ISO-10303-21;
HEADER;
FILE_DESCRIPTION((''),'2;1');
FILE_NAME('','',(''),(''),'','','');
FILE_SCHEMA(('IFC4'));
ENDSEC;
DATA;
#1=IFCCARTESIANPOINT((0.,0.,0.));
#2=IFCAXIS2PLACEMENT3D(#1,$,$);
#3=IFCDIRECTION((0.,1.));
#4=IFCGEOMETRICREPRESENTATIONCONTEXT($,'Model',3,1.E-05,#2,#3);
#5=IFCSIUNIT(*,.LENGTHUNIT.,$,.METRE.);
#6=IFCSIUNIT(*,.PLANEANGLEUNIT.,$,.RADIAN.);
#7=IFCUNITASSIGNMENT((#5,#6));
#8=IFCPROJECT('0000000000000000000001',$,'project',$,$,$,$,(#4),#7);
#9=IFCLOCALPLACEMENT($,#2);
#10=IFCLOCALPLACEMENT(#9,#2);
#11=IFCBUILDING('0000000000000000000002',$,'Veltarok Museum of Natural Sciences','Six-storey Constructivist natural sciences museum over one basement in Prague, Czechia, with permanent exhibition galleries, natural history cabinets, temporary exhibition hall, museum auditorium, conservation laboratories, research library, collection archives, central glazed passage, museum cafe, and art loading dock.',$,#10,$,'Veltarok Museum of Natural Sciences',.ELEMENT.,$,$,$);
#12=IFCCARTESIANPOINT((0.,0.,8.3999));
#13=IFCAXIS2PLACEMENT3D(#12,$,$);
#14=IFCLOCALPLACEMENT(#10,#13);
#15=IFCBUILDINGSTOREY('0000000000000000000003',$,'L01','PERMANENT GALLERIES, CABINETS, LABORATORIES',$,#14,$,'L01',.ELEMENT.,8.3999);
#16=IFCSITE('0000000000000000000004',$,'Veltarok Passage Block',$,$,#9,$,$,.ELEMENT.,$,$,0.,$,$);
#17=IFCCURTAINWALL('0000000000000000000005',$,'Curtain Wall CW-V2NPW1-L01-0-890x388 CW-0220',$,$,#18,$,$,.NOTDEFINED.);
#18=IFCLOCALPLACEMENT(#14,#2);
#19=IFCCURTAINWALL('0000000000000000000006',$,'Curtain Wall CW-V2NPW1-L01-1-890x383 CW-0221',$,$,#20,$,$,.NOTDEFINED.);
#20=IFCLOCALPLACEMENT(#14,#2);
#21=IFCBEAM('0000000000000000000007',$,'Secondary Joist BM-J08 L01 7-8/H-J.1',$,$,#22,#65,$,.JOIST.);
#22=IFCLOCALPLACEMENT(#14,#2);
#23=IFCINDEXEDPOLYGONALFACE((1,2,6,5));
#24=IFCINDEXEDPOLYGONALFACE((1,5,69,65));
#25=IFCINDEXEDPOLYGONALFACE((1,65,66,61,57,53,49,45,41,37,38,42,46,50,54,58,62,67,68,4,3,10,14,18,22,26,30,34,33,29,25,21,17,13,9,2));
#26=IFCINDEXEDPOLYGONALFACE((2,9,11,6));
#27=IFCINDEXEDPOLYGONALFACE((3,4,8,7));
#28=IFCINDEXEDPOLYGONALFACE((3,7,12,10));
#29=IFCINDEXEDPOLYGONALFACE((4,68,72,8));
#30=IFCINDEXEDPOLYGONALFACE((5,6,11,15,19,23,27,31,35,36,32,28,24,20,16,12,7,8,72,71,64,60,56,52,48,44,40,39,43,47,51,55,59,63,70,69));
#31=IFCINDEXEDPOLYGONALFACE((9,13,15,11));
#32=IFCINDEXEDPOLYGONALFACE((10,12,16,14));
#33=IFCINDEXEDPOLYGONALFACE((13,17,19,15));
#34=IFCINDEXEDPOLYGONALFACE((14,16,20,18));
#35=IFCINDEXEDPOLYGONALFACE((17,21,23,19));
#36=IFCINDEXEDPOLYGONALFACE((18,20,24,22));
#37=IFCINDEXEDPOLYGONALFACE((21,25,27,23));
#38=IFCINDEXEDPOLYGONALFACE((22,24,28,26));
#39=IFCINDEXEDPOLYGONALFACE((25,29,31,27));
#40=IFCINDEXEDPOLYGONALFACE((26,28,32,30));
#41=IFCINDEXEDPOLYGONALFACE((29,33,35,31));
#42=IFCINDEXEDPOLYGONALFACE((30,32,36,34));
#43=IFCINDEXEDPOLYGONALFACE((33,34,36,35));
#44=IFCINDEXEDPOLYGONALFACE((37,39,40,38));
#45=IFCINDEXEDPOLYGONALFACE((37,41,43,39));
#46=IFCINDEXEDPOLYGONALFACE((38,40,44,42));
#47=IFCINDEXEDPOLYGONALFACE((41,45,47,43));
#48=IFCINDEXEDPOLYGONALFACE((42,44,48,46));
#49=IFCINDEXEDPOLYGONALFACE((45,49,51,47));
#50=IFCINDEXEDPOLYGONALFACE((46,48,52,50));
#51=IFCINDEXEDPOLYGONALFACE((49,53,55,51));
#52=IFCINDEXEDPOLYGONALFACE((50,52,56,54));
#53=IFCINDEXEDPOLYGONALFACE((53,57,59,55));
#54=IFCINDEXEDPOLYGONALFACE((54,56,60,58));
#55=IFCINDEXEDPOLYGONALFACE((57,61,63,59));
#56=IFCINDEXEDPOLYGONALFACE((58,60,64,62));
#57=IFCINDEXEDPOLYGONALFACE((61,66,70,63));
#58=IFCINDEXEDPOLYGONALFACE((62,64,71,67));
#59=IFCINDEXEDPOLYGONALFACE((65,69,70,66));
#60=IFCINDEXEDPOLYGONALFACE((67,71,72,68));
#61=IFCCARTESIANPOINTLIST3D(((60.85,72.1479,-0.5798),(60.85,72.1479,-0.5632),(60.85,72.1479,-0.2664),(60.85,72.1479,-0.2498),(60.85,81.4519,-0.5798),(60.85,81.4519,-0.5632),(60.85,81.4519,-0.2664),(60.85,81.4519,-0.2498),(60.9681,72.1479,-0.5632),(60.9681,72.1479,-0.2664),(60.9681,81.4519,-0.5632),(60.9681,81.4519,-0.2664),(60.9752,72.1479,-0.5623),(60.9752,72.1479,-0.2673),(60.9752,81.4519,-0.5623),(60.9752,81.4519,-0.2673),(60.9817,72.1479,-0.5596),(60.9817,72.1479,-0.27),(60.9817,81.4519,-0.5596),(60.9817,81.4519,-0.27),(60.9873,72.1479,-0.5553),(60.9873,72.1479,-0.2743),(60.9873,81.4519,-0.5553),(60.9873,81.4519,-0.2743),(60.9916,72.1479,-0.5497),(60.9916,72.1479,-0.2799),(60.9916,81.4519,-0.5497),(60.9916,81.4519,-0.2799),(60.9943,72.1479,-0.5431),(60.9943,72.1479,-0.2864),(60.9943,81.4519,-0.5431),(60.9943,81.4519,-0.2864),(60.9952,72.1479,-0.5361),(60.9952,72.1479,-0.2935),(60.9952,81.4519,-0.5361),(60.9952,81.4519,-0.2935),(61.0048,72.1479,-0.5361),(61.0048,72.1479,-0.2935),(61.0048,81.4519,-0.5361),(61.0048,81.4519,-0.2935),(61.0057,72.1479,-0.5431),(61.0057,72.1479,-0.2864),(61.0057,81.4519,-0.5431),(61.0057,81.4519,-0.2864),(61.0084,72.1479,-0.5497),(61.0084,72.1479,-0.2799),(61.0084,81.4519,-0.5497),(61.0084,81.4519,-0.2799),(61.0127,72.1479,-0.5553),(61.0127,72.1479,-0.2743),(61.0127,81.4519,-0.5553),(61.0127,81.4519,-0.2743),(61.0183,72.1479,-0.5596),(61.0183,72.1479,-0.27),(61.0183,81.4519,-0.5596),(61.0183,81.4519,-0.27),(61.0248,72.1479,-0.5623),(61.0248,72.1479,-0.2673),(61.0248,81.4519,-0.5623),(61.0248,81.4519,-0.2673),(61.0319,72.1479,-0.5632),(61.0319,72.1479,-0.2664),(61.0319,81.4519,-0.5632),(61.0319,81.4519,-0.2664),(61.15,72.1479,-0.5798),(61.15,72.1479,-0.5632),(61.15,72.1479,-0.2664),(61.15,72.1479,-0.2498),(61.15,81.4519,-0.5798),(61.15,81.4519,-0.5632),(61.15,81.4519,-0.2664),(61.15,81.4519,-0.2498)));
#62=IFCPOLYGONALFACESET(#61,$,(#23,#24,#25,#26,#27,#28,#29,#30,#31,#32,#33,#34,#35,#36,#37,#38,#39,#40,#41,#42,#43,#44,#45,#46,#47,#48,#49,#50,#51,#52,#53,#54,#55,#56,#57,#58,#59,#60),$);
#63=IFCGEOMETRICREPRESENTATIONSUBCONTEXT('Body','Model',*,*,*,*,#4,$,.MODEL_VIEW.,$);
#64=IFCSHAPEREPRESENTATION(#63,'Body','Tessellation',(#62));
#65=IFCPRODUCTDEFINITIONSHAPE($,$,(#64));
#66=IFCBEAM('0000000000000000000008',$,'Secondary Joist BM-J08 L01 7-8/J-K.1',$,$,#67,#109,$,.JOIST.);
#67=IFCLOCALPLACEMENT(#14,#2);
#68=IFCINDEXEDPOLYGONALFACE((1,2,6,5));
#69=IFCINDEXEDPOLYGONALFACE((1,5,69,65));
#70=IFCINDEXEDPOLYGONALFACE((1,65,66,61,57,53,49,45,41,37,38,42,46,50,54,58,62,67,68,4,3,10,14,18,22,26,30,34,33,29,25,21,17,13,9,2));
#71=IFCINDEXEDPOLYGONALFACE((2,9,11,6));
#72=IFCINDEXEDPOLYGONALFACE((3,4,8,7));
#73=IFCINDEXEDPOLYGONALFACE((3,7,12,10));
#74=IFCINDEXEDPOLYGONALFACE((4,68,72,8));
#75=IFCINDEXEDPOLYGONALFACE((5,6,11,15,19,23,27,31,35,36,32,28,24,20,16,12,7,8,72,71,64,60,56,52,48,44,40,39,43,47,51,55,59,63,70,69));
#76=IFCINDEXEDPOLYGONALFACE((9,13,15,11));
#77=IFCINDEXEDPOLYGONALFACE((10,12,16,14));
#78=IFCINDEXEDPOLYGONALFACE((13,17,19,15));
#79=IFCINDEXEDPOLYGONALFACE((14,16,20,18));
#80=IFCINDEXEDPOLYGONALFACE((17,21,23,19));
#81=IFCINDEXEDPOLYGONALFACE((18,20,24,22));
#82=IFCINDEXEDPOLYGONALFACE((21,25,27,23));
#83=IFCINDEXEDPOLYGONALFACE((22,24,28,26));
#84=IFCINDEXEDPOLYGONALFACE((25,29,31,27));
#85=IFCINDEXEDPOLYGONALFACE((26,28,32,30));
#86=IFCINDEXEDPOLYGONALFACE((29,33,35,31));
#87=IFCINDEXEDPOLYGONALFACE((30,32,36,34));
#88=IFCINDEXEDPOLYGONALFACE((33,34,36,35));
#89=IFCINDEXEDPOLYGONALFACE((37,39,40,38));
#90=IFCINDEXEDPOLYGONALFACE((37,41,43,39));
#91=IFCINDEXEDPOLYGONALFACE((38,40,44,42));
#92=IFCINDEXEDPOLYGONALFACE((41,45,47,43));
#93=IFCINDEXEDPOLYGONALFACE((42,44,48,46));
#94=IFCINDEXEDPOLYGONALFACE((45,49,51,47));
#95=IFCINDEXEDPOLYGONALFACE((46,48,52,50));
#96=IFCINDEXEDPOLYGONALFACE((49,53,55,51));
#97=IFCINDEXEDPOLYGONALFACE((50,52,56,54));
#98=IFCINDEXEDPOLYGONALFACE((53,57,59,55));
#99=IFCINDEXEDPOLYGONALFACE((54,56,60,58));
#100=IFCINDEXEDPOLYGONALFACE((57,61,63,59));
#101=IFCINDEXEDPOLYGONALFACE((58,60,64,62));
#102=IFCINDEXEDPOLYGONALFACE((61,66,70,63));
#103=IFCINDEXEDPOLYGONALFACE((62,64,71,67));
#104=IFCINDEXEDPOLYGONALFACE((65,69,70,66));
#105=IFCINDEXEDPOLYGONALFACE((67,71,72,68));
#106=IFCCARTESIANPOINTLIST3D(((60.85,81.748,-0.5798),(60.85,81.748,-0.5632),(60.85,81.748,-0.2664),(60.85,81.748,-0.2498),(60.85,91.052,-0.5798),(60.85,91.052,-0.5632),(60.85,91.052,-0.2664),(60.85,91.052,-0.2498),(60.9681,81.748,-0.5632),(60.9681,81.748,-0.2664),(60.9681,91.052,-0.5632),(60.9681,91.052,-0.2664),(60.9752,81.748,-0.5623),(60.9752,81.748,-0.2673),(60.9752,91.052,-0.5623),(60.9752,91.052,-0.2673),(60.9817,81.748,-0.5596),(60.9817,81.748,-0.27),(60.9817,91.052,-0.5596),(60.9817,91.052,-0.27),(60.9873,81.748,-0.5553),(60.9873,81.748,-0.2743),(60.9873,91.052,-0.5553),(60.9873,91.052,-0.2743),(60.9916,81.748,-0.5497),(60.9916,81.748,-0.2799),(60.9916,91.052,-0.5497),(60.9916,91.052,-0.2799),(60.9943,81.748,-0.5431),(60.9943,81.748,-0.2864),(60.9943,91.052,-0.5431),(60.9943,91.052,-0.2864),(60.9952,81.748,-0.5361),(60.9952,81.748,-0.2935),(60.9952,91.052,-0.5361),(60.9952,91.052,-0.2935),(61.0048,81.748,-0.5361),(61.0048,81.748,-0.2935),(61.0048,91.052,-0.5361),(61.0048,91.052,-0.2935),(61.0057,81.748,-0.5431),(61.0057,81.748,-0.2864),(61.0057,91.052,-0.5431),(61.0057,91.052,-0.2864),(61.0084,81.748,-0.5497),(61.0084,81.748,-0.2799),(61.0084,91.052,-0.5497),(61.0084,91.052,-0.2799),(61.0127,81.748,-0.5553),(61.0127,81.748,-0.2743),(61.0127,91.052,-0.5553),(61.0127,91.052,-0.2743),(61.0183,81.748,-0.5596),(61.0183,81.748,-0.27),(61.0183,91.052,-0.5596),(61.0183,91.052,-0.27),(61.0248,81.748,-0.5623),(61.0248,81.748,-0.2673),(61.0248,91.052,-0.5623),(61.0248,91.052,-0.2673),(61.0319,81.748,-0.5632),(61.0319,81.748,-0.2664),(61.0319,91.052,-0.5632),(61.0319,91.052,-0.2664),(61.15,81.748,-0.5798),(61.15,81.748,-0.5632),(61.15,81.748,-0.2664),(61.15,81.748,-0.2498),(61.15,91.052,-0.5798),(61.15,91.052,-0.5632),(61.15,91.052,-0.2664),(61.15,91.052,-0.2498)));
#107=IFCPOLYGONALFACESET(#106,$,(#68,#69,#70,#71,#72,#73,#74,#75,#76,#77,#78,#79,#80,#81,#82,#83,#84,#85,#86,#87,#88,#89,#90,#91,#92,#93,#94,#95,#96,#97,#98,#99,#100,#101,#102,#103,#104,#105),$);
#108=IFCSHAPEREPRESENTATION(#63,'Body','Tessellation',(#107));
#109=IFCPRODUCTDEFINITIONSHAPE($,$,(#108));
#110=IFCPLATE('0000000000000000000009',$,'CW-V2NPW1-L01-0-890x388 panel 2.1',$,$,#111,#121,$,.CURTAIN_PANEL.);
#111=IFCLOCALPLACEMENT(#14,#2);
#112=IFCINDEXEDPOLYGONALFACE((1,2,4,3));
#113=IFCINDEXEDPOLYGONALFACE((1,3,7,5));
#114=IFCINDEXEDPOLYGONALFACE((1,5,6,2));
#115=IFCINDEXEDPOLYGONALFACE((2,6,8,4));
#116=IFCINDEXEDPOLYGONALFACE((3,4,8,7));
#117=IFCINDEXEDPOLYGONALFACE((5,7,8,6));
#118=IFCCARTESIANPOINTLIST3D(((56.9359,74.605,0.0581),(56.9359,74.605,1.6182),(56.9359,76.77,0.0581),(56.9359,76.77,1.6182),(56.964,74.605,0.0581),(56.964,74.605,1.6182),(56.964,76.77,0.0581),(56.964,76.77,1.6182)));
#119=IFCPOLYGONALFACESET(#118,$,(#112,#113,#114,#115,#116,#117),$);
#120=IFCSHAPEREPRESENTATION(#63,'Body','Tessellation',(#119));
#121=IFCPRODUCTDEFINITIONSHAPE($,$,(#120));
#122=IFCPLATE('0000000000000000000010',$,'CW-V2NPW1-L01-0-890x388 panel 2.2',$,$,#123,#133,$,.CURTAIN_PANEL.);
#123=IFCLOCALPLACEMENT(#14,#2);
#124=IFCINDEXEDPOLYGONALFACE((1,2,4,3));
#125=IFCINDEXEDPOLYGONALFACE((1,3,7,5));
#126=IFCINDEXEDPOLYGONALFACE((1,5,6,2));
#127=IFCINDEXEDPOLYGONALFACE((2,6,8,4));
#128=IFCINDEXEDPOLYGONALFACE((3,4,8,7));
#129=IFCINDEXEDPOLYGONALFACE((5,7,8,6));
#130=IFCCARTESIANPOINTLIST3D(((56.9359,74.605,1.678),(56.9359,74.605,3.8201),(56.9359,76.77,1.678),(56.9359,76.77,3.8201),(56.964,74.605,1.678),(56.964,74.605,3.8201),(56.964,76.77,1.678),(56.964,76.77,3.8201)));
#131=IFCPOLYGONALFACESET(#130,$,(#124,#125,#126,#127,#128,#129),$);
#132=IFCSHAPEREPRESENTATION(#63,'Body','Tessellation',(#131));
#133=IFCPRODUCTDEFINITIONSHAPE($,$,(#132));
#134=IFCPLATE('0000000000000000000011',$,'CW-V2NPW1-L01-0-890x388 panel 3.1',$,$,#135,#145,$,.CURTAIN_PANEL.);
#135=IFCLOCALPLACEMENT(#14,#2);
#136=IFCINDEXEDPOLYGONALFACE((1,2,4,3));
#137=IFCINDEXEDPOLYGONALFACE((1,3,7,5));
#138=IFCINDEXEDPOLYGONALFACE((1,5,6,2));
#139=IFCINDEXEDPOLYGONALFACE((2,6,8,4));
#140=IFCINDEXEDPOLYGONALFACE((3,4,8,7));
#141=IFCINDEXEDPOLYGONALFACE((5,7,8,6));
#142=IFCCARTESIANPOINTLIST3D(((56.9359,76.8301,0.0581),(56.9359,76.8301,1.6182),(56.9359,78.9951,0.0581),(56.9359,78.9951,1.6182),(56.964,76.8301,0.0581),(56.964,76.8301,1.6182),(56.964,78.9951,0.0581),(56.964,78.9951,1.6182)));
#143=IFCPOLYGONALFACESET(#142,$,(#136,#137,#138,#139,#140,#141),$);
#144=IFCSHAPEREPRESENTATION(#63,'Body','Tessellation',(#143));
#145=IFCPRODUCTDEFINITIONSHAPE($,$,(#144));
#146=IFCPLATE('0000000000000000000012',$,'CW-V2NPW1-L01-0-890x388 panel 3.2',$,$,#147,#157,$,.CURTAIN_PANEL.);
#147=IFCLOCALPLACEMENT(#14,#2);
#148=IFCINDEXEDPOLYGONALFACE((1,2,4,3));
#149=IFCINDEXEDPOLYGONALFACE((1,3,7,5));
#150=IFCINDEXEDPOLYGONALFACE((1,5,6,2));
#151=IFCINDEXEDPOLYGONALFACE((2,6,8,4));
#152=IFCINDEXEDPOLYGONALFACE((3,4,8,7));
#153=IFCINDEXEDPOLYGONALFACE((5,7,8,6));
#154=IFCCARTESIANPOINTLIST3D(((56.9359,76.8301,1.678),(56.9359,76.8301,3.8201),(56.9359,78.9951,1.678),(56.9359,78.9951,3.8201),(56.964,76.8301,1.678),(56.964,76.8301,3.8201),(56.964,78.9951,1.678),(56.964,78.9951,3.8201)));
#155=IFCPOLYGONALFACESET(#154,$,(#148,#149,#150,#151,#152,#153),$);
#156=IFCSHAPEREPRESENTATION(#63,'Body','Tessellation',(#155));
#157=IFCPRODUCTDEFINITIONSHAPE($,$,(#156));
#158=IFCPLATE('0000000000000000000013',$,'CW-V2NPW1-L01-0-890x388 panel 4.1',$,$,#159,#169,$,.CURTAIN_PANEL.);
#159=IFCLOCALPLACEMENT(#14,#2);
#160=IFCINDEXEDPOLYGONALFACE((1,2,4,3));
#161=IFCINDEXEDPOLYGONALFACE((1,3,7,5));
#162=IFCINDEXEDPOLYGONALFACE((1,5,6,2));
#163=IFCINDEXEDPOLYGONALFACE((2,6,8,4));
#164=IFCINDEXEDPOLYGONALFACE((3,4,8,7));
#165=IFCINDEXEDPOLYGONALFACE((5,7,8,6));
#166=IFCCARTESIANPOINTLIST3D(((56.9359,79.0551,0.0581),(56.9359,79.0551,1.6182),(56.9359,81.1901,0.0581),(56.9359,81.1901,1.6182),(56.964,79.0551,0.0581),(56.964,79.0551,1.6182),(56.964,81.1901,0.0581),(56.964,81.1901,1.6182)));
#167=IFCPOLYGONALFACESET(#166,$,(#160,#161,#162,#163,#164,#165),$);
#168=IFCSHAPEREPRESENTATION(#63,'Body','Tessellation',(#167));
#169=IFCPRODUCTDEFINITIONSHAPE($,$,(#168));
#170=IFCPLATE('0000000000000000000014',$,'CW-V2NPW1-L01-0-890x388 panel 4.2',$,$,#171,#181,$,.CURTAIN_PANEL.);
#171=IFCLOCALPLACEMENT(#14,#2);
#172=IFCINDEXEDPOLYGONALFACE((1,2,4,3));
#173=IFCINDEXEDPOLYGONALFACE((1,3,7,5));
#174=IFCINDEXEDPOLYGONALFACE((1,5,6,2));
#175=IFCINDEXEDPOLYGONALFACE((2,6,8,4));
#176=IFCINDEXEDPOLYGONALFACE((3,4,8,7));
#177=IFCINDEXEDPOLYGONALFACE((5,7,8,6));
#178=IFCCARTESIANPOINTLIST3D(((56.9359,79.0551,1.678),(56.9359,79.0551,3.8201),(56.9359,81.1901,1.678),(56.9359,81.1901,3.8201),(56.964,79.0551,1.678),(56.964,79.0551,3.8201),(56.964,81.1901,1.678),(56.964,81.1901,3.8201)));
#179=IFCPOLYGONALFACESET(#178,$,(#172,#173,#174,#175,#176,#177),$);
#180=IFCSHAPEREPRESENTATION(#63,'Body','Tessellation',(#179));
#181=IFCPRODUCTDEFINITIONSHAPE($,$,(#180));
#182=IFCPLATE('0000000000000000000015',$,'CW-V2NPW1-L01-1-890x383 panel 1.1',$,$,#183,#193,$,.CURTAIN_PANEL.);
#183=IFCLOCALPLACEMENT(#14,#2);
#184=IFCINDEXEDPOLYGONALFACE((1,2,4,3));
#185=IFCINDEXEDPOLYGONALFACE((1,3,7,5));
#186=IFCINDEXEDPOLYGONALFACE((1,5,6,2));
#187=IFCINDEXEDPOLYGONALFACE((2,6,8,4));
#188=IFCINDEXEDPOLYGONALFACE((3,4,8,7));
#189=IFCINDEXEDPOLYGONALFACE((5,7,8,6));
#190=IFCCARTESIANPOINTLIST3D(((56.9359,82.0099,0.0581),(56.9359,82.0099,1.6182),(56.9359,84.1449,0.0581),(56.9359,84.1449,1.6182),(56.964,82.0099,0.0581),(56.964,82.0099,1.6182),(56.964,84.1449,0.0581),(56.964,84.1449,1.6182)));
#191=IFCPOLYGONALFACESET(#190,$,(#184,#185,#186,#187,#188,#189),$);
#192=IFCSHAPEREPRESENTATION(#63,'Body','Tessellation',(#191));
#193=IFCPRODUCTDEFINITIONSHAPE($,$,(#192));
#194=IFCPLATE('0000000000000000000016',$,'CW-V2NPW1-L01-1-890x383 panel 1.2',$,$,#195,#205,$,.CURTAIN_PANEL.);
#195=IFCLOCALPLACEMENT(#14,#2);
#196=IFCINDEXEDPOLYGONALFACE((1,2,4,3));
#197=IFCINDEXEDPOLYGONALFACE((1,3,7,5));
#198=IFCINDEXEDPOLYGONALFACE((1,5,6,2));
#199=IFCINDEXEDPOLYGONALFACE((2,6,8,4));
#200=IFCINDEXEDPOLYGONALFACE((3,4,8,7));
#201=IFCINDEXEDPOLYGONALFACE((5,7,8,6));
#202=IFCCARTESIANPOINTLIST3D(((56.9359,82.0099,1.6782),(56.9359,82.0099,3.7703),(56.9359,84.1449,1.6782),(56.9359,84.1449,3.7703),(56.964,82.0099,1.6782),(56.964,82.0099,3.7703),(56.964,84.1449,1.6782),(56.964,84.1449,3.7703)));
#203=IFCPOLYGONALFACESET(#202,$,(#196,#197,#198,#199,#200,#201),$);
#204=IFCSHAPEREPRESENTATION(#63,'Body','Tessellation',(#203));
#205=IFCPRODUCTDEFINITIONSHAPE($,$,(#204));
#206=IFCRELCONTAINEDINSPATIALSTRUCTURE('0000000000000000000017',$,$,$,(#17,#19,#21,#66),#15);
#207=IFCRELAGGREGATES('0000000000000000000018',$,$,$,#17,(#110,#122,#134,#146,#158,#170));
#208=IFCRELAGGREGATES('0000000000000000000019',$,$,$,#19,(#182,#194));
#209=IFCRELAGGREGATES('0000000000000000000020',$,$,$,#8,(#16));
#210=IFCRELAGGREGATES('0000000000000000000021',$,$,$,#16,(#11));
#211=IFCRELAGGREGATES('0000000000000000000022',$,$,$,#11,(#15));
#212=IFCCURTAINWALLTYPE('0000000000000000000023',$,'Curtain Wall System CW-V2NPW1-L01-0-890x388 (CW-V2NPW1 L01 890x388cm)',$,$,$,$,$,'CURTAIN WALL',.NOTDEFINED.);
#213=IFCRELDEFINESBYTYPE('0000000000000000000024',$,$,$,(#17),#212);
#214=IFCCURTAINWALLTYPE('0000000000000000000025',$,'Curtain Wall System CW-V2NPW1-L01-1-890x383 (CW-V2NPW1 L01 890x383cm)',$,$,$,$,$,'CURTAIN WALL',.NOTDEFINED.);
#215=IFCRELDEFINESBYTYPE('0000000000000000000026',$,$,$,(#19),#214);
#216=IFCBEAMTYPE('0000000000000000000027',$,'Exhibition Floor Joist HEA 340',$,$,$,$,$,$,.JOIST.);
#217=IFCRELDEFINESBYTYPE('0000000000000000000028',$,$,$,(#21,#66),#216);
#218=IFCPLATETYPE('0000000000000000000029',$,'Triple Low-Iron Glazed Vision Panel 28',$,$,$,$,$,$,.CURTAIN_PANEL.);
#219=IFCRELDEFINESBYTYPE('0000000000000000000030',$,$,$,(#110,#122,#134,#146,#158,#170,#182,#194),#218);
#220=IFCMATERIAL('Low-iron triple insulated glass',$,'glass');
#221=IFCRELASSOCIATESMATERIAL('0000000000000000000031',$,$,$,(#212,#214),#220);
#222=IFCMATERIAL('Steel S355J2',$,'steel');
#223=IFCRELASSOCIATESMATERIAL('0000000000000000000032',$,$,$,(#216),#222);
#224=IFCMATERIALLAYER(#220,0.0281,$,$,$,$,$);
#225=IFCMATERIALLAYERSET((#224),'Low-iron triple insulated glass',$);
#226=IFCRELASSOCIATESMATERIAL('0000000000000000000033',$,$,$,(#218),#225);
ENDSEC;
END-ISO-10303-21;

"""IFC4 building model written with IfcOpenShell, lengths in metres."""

from ifc_helpers import new_model, si_unit, direction, frame, origin, origin_2d, place, context, subcontext, project, spatial, rectangle, i_section, extrude, material, layer, layer_set, material_profile, profile_set, type_object, element, aggregate, save


model = new_model("IFC4")

# Units and contexts
model_context = context("Model", 3, precision=1e-05, world=origin(), true_north=direction((0.0, 1.0)))
body_context = subcontext(model_context, "Body", "Model", "MODEL_VIEW")
ifc_project = project(units=[si_unit("LENGTHUNIT", "METRE"), si_unit("PLANEANGLEUNIT", "RADIAN")], contexts=[model_context])

# Site, building, storey
site_placement = place(None, origin())
site = spatial("IfcSite", under=ifc_project, at=site_placement, Name="Veltarok Passage Block", CompositionType="ELEMENT", RefElevation=0.0)
building_placement = place(site_placement, origin())
building = spatial("IfcBuilding", under=site, at=building_placement, Name="Veltarok Museum of Natural Sciences", Description="Six-storey Constructivist natural sciences museum over one basement in Prague, Czechia, with permanent exhibition galleries, natural history cabinets, temporary exhibition hall, museum auditorium, conservation laboratories, research library, collection archives, central glazed passage, museum cafe, and art loading dock.", LongName="Veltarok Museum of Natural Sciences", CompositionType="ELEMENT")
storey_placement = place(building_placement, frame((0.0, 0.0, 8.3999)))
storey = spatial("IfcBuildingStorey", under=building, at=storey_placement, Name="L01", Description="PERMANENT GALLERIES, CABINETS, LABORATORIES", LongName="L01", CompositionType="ELEMENT", Elevation=8.3999)

# Curtain walls
ifc_material_1 = material(Name="Low-iron triple insulated glass", Category="glass")
curtain_wall_type_1 = type_object("IfcCurtainWallType", Name="Curtain Wall System CW-V2NPW1-L01-0-890x388 (CW-V2NPW1 L01 890x388cm)", ElementType="CURTAIN WALL", PredefinedType="NOTDEFINED", material=ifc_material_1)
curtain_wall_1_placement = place(storey_placement, origin())
curtain_wall_1 = element("IfcCurtainWall", 1, at=curtain_wall_1_placement, inside=storey, type_object=curtain_wall_type_1, Name="Curtain Wall CW-V2NPW1-L01-0-890x388 CW-0220", PredefinedType="NOTDEFINED")
curtain_wall_type_2 = type_object("IfcCurtainWallType", Name="Curtain Wall System CW-V2NPW1-L01-1-890x383 (CW-V2NPW1 L01 890x383cm)", ElementType="CURTAIN WALL", PredefinedType="NOTDEFINED", material=ifc_material_1)
curtain_wall_2_placement = place(storey_placement, origin())
curtain_wall_2 = element("IfcCurtainWall", 2, at=curtain_wall_2_placement, inside=storey, type_object=curtain_wall_type_2, Name="Curtain Wall CW-V2NPW1-L01-1-890x383 CW-0221", PredefinedType="NOTDEFINED")

# Beams
ifc_material_2 = material(Name="Steel S355J2", Category="steel")
ifc_material_profile_1 = material_profile(ifc_material_2, i_section(OverallWidth=0.3, OverallDepth=0.3301, WebThickness=0.0095, FlangeThickness=0.0166, FilletRadius=0.0271, at=origin_2d()), Name="HEA 340")
ifc_profile_set_1 = profile_set([ifc_material_profile_1], Name="Steel S355J2")
beam_type = type_object("IfcBeamType", Name="Exhibition Floor Joist HEA 340", PredefinedType="JOIST", material=ifc_profile_set_1)
for number, where, z_axis, x_axis, name in (
    (3, (61.0, 72.1479, -0.4148), (0.0, 1.0, 0.0), (-1.0, 0.0, 0.0), "Secondary Joist BM-J08 L01 7-8/H-J.1"),
    (4, (61.0, 81.748, -0.4148), (0.0, 1.0, 0.0), (-1.0, 0.0, 0.0), "Secondary Joist BM-J08 L01 7-8/J-K.1"),
):
    element("IfcBeam", number, at=place(storey_placement, frame(where, z_axis=z_axis, x_axis=x_axis)), inside=storey, type_object=beam_type, Name=name, PredefinedType="JOIST", context=body_context, shape_type="SweptSolid", body=[
        extrude(i_section(OverallWidth=0.3, OverallDepth=0.3301, WebThickness=0.0095, FlangeThickness=0.0166, FilletRadius=0.0271, at=origin_2d()), origin(), (0.0, 0.0, 1.0), 9.304),
    ])

# Plates
ifc_layer = layer(ifc_material_1, 0.0281)
ifc_layer_set = layer_set([ifc_layer], Name="Low-iron triple insulated glass")
plate_type = type_object("IfcPlateType", Name="Triple Low-Iron Glazed Vision Panel 28", PredefinedType="CURTAIN_PANEL", material=ifc_layer_set)
plate_1_placement = place(storey_placement, frame((56.95, 75.6875, 0.0581), z_axis=(0.0, 0.0, 1.0), x_axis=(0.0, 1.0, 0.0)))
plate_1 = element("IfcPlate", 5, at=plate_1_placement, type_object=plate_type, Name="CW-V2NPW1-L01-0-890x388 panel 2.1", PredefinedType="CURTAIN_PANEL", context=body_context, shape_type="SweptSolid", body=[
    extrude(rectangle(XDim=2.165, YDim=0.0281, at=origin_2d()), origin(), (0.0, 0.0, 1.0), 1.5601),
])
plate_2_placement = place(storey_placement, frame((56.95, 75.6875, 1.678), z_axis=(0.0, 0.0, 1.0), x_axis=(0.0, 1.0, 0.0)))
plate_2 = element("IfcPlate", 6, at=plate_2_placement, type_object=plate_type, Name="CW-V2NPW1-L01-0-890x388 panel 2.2", PredefinedType="CURTAIN_PANEL", context=body_context, shape_type="SweptSolid", body=[
    extrude(rectangle(XDim=2.165, YDim=0.0281, at=origin_2d()), origin(), (0.0, 0.0, 1.0), 2.1421),
])
plate_3_placement = place(storey_placement, frame((56.95, 77.9126, 0.0581), z_axis=(0.0, 0.0, 1.0), x_axis=(0.0, 1.0, 0.0)))
plate_3 = element("IfcPlate", 7, at=plate_3_placement, type_object=plate_type, Name="CW-V2NPW1-L01-0-890x388 panel 3.1", PredefinedType="CURTAIN_PANEL", context=body_context, shape_type="SweptSolid", body=[
    extrude(rectangle(XDim=2.165, YDim=0.0281, at=origin_2d()), origin(), (0.0, 0.0, 1.0), 1.5601),
])
plate_4_placement = place(storey_placement, frame((56.95, 77.9126, 1.678), z_axis=(0.0, 0.0, 1.0), x_axis=(0.0, 1.0, 0.0)))
plate_4 = element("IfcPlate", 8, at=plate_4_placement, type_object=plate_type, Name="CW-V2NPW1-L01-0-890x388 panel 3.2", PredefinedType="CURTAIN_PANEL", context=body_context, shape_type="SweptSolid", body=[
    extrude(rectangle(XDim=2.165, YDim=0.0281, at=origin_2d()), origin(), (0.0, 0.0, 1.0), 2.1421),
])
plate_5_placement = place(storey_placement, frame((56.95, 80.1226, 0.0581), z_axis=(0.0, 0.0, 1.0), x_axis=(0.0, 1.0, 0.0)))
plate_5 = element("IfcPlate", 9, at=plate_5_placement, type_object=plate_type, Name="CW-V2NPW1-L01-0-890x388 panel 4.1", PredefinedType="CURTAIN_PANEL", context=body_context, shape_type="SweptSolid", body=[
    extrude(rectangle(XDim=2.135, YDim=0.0281, at=origin_2d()), origin(), (0.0, 0.0, 1.0), 1.5601),
])
plate_6_placement = place(storey_placement, frame((56.95, 80.1226, 1.678), z_axis=(0.0, 0.0, 1.0), x_axis=(0.0, 1.0, 0.0)))
plate_6 = element("IfcPlate", 10, at=plate_6_placement, type_object=plate_type, Name="CW-V2NPW1-L01-0-890x388 panel 4.2", PredefinedType="CURTAIN_PANEL", context=body_context, shape_type="SweptSolid", body=[
    extrude(rectangle(XDim=2.135, YDim=0.0281, at=origin_2d()), origin(), (0.0, 0.0, 1.0), 2.1421),
])
aggregate(curtain_wall_1, [plate_1, plate_2, plate_3, plate_4, plate_5, plate_6])
plate_7_placement = place(storey_placement, frame((56.95, 83.0774, 0.0581), z_axis=(0.0, 0.0, 1.0), x_axis=(0.0, 1.0, 0.0)))
plate_7 = element("IfcPlate", 11, at=plate_7_placement, type_object=plate_type, Name="CW-V2NPW1-L01-1-890x383 panel 1.1", PredefinedType="CURTAIN_PANEL", context=body_context, shape_type="SweptSolid", body=[
    extrude(rectangle(XDim=2.135, YDim=0.0281, at=origin_2d()), origin(), (0.0, 0.0, 1.0), 1.5601),
])
plate_8_placement = place(storey_placement, frame((56.95, 83.0774, 1.6782), z_axis=(0.0, 0.0, 1.0), x_axis=(0.0, 1.0, 0.0)))
plate_8 = element("IfcPlate", 12, at=plate_8_placement, type_object=plate_type, Name="CW-V2NPW1-L01-1-890x383 panel 1.2", PredefinedType="CURTAIN_PANEL", context=body_context, shape_type="SweptSolid", body=[
    extrude(rectangle(XDim=2.135, YDim=0.0281, at=origin_2d()), origin(), (0.0, 0.0, 1.0), 2.092),
])
aggregate(curtain_wall_2, [plate_7, plate_8])

save(model, "model.ifc")
